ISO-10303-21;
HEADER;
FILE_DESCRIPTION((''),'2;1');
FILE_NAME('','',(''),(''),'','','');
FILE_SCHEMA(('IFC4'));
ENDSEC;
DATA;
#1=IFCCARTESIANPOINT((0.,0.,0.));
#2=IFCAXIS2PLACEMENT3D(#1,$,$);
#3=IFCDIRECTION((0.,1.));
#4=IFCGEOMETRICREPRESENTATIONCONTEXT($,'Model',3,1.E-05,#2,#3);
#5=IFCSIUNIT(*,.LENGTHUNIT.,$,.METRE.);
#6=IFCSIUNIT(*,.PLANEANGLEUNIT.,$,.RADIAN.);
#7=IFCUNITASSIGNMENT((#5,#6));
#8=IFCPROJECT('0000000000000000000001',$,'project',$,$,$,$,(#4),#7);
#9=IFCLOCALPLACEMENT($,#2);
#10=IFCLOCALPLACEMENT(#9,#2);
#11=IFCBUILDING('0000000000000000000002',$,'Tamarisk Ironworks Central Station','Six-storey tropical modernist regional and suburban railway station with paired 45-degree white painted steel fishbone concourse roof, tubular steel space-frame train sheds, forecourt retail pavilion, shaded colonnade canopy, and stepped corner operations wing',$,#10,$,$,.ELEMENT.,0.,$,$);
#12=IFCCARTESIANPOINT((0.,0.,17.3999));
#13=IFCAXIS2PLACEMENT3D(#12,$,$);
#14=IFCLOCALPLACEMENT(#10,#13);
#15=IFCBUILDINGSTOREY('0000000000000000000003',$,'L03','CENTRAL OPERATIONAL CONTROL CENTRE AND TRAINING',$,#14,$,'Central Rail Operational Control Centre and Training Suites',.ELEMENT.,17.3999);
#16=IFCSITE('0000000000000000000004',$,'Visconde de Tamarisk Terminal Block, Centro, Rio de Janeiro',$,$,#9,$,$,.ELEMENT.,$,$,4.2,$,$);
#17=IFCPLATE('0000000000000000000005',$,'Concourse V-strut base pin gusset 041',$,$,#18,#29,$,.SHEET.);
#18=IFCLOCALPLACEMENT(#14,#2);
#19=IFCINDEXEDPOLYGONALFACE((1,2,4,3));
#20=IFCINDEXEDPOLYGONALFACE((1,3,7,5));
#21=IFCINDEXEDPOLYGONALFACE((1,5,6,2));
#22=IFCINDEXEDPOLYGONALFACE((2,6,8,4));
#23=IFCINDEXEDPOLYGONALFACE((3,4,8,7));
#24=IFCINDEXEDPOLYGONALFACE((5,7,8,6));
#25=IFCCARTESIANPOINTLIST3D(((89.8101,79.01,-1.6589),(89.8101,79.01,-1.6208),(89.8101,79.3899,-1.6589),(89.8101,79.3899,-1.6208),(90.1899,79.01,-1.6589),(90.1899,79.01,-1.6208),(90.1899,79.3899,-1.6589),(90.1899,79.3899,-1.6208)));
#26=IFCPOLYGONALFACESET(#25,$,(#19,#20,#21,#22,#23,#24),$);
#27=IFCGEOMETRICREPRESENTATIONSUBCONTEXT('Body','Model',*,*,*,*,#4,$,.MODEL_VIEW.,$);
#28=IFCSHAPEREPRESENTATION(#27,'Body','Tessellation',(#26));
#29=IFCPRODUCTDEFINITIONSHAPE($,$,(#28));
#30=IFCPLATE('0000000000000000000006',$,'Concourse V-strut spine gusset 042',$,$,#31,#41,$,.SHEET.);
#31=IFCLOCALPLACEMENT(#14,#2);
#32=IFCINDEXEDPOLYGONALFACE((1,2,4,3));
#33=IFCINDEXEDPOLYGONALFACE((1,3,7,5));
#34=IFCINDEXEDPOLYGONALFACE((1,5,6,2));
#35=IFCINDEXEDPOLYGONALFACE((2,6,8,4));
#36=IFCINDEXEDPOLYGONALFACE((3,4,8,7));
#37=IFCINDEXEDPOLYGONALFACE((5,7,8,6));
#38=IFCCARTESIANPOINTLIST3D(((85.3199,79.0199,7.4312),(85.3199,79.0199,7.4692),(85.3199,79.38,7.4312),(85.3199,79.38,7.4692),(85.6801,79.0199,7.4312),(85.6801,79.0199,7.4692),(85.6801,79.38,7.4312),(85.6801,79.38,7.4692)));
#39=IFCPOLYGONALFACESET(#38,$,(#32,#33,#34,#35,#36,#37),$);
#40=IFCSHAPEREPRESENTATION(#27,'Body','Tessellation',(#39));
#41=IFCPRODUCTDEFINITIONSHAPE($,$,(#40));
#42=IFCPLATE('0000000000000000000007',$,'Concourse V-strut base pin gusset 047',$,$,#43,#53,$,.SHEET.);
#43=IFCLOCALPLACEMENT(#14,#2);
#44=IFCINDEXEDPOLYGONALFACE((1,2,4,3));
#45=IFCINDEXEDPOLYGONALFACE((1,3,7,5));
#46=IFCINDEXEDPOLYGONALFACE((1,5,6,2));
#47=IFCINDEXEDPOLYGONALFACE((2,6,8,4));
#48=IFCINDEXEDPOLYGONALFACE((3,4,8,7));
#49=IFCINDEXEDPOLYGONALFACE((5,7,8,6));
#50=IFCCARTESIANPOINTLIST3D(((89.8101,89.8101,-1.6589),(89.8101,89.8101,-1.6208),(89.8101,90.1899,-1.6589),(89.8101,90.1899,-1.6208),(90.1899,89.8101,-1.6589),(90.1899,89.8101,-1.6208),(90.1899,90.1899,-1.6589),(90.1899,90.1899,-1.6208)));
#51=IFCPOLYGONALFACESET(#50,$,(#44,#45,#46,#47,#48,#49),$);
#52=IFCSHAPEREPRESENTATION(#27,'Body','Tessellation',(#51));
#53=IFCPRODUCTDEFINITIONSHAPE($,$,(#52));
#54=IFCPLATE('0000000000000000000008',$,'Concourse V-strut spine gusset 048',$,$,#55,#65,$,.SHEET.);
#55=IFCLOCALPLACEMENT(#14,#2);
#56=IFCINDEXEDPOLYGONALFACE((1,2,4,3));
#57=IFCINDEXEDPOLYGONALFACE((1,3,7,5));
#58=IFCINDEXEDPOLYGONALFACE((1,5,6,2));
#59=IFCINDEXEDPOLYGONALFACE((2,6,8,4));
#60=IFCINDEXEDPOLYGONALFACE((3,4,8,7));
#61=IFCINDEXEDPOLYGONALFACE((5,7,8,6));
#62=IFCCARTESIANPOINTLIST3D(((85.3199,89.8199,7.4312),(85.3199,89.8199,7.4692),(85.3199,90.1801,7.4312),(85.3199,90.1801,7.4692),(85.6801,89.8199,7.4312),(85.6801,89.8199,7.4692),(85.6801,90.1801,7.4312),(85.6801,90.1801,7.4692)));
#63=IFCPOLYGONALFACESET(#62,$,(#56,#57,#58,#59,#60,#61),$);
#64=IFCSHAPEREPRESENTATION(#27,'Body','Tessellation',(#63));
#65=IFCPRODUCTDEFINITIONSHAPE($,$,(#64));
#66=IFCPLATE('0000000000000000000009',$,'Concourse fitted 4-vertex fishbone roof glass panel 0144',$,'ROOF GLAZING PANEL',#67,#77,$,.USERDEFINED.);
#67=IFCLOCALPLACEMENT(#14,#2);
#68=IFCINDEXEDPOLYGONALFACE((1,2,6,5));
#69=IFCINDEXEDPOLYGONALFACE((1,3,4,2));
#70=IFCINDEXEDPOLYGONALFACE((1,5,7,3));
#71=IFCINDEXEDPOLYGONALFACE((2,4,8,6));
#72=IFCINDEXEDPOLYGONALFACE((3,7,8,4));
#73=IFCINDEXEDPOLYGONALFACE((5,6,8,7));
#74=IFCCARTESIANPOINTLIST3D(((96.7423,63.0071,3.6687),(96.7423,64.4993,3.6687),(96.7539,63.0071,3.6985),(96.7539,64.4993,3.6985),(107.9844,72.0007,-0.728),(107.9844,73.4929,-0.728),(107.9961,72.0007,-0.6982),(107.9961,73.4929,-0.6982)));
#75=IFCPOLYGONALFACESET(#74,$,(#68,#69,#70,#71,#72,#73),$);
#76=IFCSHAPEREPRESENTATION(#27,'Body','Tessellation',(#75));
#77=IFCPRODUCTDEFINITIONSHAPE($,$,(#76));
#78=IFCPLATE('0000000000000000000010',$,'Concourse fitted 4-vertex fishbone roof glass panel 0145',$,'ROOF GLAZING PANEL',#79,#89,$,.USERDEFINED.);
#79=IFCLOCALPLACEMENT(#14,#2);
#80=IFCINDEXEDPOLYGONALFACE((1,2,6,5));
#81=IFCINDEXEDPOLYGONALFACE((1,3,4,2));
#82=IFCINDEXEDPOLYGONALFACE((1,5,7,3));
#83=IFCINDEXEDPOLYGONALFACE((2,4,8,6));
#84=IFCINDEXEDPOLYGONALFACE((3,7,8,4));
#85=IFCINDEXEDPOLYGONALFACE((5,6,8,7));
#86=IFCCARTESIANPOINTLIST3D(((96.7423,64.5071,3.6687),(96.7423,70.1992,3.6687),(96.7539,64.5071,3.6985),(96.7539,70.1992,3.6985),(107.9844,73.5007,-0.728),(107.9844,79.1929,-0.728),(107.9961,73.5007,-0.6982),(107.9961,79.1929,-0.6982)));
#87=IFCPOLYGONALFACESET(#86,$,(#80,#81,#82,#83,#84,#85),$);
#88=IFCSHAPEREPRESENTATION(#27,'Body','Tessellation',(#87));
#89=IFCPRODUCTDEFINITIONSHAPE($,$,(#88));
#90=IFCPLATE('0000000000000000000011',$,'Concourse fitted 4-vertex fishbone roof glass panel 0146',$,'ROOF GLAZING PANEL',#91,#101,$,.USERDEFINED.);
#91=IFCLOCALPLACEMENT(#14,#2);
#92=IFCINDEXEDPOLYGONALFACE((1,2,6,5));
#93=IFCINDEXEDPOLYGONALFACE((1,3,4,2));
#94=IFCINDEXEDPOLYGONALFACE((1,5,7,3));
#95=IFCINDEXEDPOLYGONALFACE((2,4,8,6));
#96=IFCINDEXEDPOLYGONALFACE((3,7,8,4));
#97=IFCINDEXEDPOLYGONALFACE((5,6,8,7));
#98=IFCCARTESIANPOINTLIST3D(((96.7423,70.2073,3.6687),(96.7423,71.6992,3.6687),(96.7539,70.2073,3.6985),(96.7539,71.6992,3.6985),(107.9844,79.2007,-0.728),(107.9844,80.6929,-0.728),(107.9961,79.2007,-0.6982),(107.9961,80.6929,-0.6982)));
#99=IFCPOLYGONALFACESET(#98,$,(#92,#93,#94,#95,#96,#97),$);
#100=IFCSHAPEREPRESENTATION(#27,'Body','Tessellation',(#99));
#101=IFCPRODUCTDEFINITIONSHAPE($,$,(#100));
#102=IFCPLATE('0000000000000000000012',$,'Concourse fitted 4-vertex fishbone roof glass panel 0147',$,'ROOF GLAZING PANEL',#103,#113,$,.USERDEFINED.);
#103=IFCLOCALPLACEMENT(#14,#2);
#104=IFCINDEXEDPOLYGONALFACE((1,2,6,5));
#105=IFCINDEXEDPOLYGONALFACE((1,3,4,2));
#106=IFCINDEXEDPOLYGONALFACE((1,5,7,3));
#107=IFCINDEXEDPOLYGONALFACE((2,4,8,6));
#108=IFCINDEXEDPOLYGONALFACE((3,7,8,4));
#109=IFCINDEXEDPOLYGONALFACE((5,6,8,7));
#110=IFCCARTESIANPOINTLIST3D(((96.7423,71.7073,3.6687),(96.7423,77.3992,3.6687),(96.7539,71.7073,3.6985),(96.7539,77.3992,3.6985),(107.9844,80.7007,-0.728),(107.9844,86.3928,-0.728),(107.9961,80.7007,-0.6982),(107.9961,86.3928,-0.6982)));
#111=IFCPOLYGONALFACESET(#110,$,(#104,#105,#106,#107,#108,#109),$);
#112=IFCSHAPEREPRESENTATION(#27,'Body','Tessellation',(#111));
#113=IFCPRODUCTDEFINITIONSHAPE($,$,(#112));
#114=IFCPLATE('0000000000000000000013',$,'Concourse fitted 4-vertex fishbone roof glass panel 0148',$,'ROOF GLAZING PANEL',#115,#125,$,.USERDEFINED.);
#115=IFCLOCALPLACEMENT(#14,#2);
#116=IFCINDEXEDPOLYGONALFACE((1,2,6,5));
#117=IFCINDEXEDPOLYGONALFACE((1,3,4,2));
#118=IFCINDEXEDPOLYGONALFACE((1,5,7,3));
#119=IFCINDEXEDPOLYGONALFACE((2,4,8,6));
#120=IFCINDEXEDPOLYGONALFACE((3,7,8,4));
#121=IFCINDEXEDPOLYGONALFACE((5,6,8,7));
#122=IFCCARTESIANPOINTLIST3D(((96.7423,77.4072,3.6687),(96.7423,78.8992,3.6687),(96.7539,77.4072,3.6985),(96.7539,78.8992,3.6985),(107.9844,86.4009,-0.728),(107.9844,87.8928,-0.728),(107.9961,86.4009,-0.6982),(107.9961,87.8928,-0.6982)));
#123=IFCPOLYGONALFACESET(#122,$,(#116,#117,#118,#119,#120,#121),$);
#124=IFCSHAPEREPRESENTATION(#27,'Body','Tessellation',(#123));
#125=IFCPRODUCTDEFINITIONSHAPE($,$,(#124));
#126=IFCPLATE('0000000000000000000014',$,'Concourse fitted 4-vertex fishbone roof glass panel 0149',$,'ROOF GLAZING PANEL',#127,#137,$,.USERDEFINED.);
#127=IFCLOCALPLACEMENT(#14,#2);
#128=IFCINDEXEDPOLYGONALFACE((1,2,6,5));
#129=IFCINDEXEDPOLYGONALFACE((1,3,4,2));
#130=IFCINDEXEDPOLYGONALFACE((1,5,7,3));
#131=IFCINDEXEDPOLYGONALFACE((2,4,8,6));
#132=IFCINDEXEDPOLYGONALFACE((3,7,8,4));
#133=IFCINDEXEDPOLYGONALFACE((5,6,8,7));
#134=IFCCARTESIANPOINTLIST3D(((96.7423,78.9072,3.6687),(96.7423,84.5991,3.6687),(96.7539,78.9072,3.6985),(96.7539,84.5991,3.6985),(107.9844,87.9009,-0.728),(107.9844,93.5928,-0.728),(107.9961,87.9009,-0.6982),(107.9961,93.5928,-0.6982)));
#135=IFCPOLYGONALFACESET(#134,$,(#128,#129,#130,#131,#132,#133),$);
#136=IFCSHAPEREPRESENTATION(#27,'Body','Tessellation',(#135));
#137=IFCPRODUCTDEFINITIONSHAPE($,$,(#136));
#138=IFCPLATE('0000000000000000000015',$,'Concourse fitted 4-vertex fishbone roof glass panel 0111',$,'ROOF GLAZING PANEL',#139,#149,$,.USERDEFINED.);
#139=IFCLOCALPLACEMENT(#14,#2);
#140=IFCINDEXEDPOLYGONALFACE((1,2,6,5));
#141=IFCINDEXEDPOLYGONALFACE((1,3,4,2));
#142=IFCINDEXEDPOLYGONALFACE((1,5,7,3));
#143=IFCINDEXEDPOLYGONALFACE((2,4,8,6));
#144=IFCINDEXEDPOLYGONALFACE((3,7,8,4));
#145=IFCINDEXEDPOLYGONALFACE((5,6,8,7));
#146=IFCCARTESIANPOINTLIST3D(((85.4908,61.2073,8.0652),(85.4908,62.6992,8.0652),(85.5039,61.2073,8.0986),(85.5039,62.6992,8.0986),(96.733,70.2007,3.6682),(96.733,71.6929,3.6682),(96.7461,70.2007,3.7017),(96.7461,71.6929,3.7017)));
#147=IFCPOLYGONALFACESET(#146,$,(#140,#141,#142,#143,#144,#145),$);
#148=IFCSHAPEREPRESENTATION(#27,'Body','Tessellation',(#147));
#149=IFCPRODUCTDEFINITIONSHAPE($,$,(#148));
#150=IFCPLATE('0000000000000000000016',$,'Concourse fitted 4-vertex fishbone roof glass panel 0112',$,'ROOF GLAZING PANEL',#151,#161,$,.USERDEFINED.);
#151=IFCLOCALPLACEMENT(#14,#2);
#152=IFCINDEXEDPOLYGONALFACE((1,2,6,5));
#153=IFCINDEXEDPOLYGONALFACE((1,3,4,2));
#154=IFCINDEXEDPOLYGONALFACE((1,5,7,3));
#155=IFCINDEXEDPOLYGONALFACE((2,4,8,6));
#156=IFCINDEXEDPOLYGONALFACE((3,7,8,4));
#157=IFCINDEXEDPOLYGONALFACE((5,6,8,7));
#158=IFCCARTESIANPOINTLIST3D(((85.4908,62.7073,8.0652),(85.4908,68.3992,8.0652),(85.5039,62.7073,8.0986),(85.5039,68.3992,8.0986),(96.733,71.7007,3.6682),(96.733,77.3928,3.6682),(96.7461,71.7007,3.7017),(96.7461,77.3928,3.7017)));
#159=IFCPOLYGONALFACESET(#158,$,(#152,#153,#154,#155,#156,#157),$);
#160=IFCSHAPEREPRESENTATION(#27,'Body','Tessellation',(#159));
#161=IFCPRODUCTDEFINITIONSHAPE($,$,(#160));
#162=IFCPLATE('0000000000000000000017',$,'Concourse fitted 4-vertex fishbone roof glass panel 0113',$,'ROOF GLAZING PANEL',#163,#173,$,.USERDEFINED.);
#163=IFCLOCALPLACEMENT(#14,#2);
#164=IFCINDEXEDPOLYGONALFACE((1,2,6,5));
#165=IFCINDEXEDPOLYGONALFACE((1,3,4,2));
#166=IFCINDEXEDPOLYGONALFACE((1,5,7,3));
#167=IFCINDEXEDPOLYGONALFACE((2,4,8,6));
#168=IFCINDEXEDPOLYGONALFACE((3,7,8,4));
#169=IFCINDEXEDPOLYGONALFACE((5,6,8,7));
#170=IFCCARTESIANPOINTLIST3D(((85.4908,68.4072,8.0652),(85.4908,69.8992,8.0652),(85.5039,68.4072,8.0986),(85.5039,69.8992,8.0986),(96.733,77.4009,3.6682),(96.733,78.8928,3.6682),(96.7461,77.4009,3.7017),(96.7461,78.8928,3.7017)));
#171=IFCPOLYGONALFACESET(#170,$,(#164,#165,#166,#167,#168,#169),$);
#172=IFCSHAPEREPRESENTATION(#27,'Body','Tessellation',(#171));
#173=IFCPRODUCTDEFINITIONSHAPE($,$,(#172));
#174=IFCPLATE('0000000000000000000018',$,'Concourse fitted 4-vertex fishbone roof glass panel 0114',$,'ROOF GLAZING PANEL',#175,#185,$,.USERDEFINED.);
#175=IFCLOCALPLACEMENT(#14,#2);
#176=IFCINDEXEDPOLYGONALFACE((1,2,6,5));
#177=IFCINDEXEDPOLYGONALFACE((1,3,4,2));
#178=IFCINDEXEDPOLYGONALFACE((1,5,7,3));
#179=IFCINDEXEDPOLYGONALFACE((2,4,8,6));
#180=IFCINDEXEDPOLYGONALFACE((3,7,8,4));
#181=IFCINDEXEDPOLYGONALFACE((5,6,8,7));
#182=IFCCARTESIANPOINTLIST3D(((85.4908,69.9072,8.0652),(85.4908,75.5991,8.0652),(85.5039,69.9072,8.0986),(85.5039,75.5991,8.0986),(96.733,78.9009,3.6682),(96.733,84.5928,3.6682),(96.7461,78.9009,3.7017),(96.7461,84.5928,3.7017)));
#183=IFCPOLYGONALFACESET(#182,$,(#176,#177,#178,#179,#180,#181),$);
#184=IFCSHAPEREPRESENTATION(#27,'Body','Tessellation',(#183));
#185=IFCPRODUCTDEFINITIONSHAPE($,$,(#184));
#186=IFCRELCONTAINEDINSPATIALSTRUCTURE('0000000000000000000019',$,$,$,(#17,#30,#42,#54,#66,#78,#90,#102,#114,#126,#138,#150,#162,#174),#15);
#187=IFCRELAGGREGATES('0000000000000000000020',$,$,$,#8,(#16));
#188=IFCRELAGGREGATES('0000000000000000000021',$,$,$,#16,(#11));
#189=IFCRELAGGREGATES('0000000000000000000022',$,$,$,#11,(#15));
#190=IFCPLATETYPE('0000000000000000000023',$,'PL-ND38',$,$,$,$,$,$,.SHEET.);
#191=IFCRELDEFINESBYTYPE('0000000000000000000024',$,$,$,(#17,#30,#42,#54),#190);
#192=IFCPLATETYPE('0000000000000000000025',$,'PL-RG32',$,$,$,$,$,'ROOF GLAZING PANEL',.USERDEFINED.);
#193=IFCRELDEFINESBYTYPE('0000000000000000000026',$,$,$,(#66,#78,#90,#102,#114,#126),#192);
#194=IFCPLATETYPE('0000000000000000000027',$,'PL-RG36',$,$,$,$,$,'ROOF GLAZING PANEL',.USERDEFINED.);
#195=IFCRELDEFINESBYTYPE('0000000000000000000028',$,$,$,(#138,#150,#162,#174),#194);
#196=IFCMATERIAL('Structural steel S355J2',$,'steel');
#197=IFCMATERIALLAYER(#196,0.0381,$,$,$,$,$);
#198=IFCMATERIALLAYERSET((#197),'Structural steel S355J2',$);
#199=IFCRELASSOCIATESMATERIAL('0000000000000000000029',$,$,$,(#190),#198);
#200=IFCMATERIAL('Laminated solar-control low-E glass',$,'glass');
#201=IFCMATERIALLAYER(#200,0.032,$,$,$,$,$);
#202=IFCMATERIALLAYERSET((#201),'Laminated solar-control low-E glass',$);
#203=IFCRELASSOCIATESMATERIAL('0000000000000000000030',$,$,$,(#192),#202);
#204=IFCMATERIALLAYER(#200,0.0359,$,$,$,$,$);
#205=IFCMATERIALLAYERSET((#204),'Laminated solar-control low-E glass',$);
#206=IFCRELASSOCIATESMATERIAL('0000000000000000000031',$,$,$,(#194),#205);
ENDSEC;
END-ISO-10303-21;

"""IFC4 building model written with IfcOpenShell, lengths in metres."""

from ifc_helpers import new_model, si_unit, direction, frame, origin, origin_2d, place, context, subcontext, project, spatial, polyline, rectangle, outline, extrude, material, layer, layer_set, type_object, element, save


model = new_model("IFC4")

# Units and contexts
model_context = context("Model", 3, precision=1e-05, world=origin(), true_north=direction((0.0, 1.0)))
body_context = subcontext(model_context, "Body", "Model", "MODEL_VIEW")
ifc_project = project(units=[si_unit("LENGTHUNIT", "METRE"), si_unit("PLANEANGLEUNIT", "RADIAN")], contexts=[model_context])

# Site, building, storey
site_placement = place(None, origin())
site = spatial("IfcSite", under=ifc_project, at=site_placement, Name="Visconde de Tamarisk Terminal Block, Centro, Rio de Janeiro", CompositionType="ELEMENT", RefElevation=4.2)
building_placement = place(site_placement, origin())
building = spatial("IfcBuilding", under=site, at=building_placement, Name="Tamarisk Ironworks Central Station", Description="Six-storey tropical modernist regional and suburban railway station with paired 45-degree white painted steel fishbone concourse roof, tubular steel space-frame train sheds, forecourt retail pavilion, shaded colonnade canopy, and stepped corner operations wing", CompositionType="ELEMENT", ElevationOfRefHeight=0.0)
storey_placement = place(building_placement, frame((0.0, 0.0, 17.3999)))
storey = spatial("IfcBuildingStorey", under=building, at=storey_placement, Name="L03", Description="CENTRAL OPERATIONAL CONTROL CENTRE AND TRAINING", LongName="Central Rail Operational Control Centre and Training Suites", CompositionType="ELEMENT", Elevation=17.3999)

# Shared definitions
ifc_material_1 = material(Name="Structural steel S355J2", Category="steel")

# Plates
ifc_layer_1 = layer(ifc_material_1, 0.0381)
ifc_layer_set_1 = layer_set([ifc_layer_1], Name="Structural steel S355J2")
plate_type_1 = type_object("IfcPlateType", Name="PL-ND38", PredefinedType="SHEET", material=ifc_layer_set_1)
plate_1_placement = place(storey_placement, frame((90.0, 79.2, -1.6589), z_axis=(0.0, 0.0, 1.0), x_axis=(1.0, 0.0, 0.0)))
element("IfcPlate", 1, at=plate_1_placement, inside=storey, type_object=plate_type_1, Name="Concourse V-strut base pin gusset 041", PredefinedType="SHEET", context=body_context, shape_type="SweptSolid", body=[
    extrude(rectangle(XDim=0.3799, YDim=0.3799, at=origin_2d()), origin(), (0.0, 0.0, 1.0), 0.0381),
])
plate_2_placement = place(storey_placement, frame((85.5, 79.2, 7.4312), z_axis=(0.0, 0.0, 1.0), x_axis=(1.0, 0.0, 0.0)))
element("IfcPlate", 2, at=plate_2_placement, inside=storey, type_object=plate_type_1, Name="Concourse V-strut spine gusset 042", PredefinedType="SHEET", context=body_context, shape_type="SweptSolid", body=[
    extrude(rectangle(XDim=0.3601, YDim=0.3601, at=origin_2d()), origin(), (0.0, 0.0, 1.0), 0.0381),
])
plate_3_placement = place(storey_placement, frame((90.0, 90.0, -1.6589), z_axis=(0.0, 0.0, 1.0), x_axis=(1.0, 0.0, 0.0)))
element("IfcPlate", 3, at=plate_3_placement, inside=storey, type_object=plate_type_1, Name="Concourse V-strut base pin gusset 047", PredefinedType="SHEET", context=body_context, shape_type="SweptSolid", body=[
    extrude(rectangle(XDim=0.3799, YDim=0.3799, at=origin_2d()), origin(), (0.0, 0.0, 1.0), 0.0381),
])
plate_4_placement = place(storey_placement, frame((85.5, 90.0, 7.4312), z_axis=(0.0, 0.0, 1.0), x_axis=(1.0, 0.0, 0.0)))
element("IfcPlate", 4, at=plate_4_placement, inside=storey, type_object=plate_type_1, Name="Concourse V-strut spine gusset 048", PredefinedType="SHEET", context=body_context, shape_type="SweptSolid", body=[
    extrude(rectangle(XDim=0.3601, YDim=0.3601, at=origin_2d()), origin(), (0.0, 0.0, 1.0), 0.0381),
])
ifc_material_2 = material(Name="Laminated solar-control low-E glass", Category="glass")
ifc_layer_2 = layer(ifc_material_2, 0.032)
ifc_layer_set_2 = layer_set([ifc_layer_2], Name="Laminated solar-control low-E glass")
plate_type_2 = type_object("IfcPlateType", Name="PL-RG32", ElementType="ROOF GLAZING PANEL", PredefinedType="USERDEFINED", material=ifc_layer_set_2)
plate_5_placement = place(storey_placement, frame((107.9961, 72.0007, -0.6982), z_axis=(0.364228, 0.0, 0.93131), x_axis=(0.0, 1.0, 0.0)))
element("IfcPlate", 5, at=plate_5_placement, inside=storey, type_object=plate_type_2, Name="Concourse fitted 4-vertex fishbone roof glass panel 0144", ObjectType="ROOF GLAZING PANEL", PredefinedType="USERDEFINED", context=body_context, shape_type="SweptSolid", body=[
    extrude(outline(polyline([(0.0, 0.0), (1.4922, 0.0), (-7.5015, 12.0714), (-8.9937, 12.0714), (0.0, 0.0)])), origin(), (0.0, 0.0, -1.0), 0.032),
])
plate_6_placement = place(storey_placement, frame((107.9961, 73.5007, -0.6982), z_axis=(0.364228, 0.0, 0.93131), x_axis=(0.0, 1.0, 0.0)))
element("IfcPlate", 6, at=plate_6_placement, inside=storey, type_object=plate_type_2, Name="Concourse fitted 4-vertex fishbone roof glass panel 0145", ObjectType="ROOF GLAZING PANEL", PredefinedType="USERDEFINED", context=body_context, shape_type="SweptSolid", body=[
    extrude(outline(polyline([(0.0, 0.0), (5.6921, 0.0), (-3.3015, 12.0714), (-8.9937, 12.0714), (0.0, 0.0)])), origin(), (0.0, 0.0, -1.0), 0.032),
])
plate_7_placement = place(storey_placement, frame((107.9961, 79.2007, -0.6982), z_axis=(0.364228, 0.0, 0.93131), x_axis=(0.0, 1.0, 0.0)))
element("IfcPlate", 7, at=plate_7_placement, inside=storey, type_object=plate_type_2, Name="Concourse fitted 4-vertex fishbone roof glass panel 0146", ObjectType="ROOF GLAZING PANEL", PredefinedType="USERDEFINED", context=body_context, shape_type="SweptSolid", body=[
    extrude(outline(polyline([(0.0, 0.0), (1.4922, 0.0), (-7.5015, 12.0714), (-8.9934, 12.0714), (0.0, 0.0)])), origin(), (0.0, 0.0, -1.0), 0.032),
])
plate_8_placement = place(storey_placement, frame((107.9961, 80.7007, -0.6982), z_axis=(0.364228, 0.0, 0.93131), x_axis=(0.0, 1.0, 0.0)))
element("IfcPlate", 8, at=plate_8_placement, inside=storey, type_object=plate_type_2, Name="Concourse fitted 4-vertex fishbone roof glass panel 0147", ObjectType="ROOF GLAZING PANEL", PredefinedType="USERDEFINED", context=body_context, shape_type="SweptSolid", body=[
    extrude(outline(polyline([(0.0, 0.0), (5.6921, 0.0), (-3.3015, 12.0714), (-8.9934, 12.0714), (0.0, 0.0)])), origin(), (0.0, 0.0, -1.0), 0.032),
])
plate_9_placement = place(storey_placement, frame((107.9961, 86.4009, -0.6982), z_axis=(0.364228, 0.0, 0.93131), x_axis=(0.0, 1.0, 0.0)))
element("IfcPlate", 9, at=plate_9_placement, inside=storey, type_object=plate_type_2, Name="Concourse fitted 4-vertex fishbone roof glass panel 0148", ObjectType="ROOF GLAZING PANEL", PredefinedType="USERDEFINED", context=body_context, shape_type="SweptSolid", body=[
    extrude(outline(polyline([(0.0, 0.0), (1.4919, 0.0), (-7.5017, 12.0714), (-8.9937, 12.0714), (0.0, 0.0)])), origin(), (0.0, 0.0, -1.0), 0.032),
])
plate_10_placement = place(storey_placement, frame((107.9961, 87.9009, -0.6982), z_axis=(0.364228, 0.0, 0.93131), x_axis=(0.0, 1.0, 0.0)))
element("IfcPlate", 10, at=plate_10_placement, inside=storey, type_object=plate_type_2, Name="Concourse fitted 4-vertex fishbone roof glass panel 0149", ObjectType="ROOF GLAZING PANEL", PredefinedType="USERDEFINED", context=body_context, shape_type="SweptSolid", body=[
    extrude(outline(polyline([(0.0, 0.0), (5.6919, 0.0), (-3.3018, 12.0714), (-8.9937, 12.0714), (0.0, 0.0)])), origin(), (0.0, 0.0, -1.0), 0.032),
])
ifc_layer_3 = layer(ifc_material_2, 0.0359)
ifc_layer_set_3 = layer_set([ifc_layer_3], Name="Laminated solar-control low-E glass")
plate_type_3 = type_object("IfcPlateType", Name="PL-RG36", ElementType="ROOF GLAZING PANEL", PredefinedType="USERDEFINED", material=ifc_layer_set_3)
plate_11_placement = place(storey_placement, frame((96.7461, 70.2007, 3.7017), z_axis=(0.364245, 0.0, 0.931303), x_axis=(0.0, 1.0, 0.0)))
element("IfcPlate", 11, at=plate_11_placement, inside=storey, type_object=plate_type_3, Name="Concourse fitted 4-vertex fishbone roof glass panel 0111", ObjectType="ROOF GLAZING PANEL", PredefinedType="USERDEFINED", context=body_context, shape_type="SweptSolid", body=[
    extrude(outline(polyline([(0.0, 0.0), (1.4922, 0.0), (-7.5015, 12.0715), (-8.9934, 12.0715), (0.0, 0.0)])), origin(), (0.0, 0.0, -1.0), 0.0359),
])
plate_12_placement = place(storey_placement, frame((96.7461, 71.7007, 3.7017), z_axis=(0.364245, 0.0, 0.931303), x_axis=(0.0, 1.0, 0.0)))
element("IfcPlate", 12, at=plate_12_placement, inside=storey, type_object=plate_type_3, Name="Concourse fitted 4-vertex fishbone roof glass panel 0112", ObjectType="ROOF GLAZING PANEL", PredefinedType="USERDEFINED", context=body_context, shape_type="SweptSolid", body=[
    extrude(outline(polyline([(0.0, 0.0), (5.6921, 0.0), (-3.3015, 12.0715), (-8.9934, 12.0715), (0.0, 0.0)])), origin(), (0.0, 0.0, -1.0), 0.0359),
])
plate_13_placement = place(storey_placement, frame((96.7461, 77.4009, 3.7017), z_axis=(0.364245, 0.0, 0.931303), x_axis=(0.0, 1.0, 0.0)))
element("IfcPlate", 13, at=plate_13_placement, inside=storey, type_object=plate_type_3, Name="Concourse fitted 4-vertex fishbone roof glass panel 0113", ObjectType="ROOF GLAZING PANEL", PredefinedType="USERDEFINED", context=body_context, shape_type="SweptSolid", body=[
    extrude(outline(polyline([(0.0, 0.0), (1.4919, 0.0), (-7.5017, 12.0715), (-8.9937, 12.0715), (0.0, 0.0)])), origin(), (0.0, 0.0, -1.0), 0.0359),
])
plate_14_placement = place(storey_placement, frame((96.7461, 78.9009, 3.7017), z_axis=(0.364245, 0.0, 0.931303), x_axis=(0.0, 1.0, 0.0)))
element("IfcPlate", 14, at=plate_14_placement, inside=storey, type_object=plate_type_3, Name="Concourse fitted 4-vertex fishbone roof glass panel 0114", ObjectType="ROOF GLAZING PANEL", PredefinedType="USERDEFINED", context=body_context, shape_type="SweptSolid", body=[
    extrude(outline(polyline([(0.0, 0.0), (5.6919, 0.0), (-3.3018, 12.0715), (-8.9937, 12.0715), (0.0, 0.0)])), origin(), (0.0, 0.0, -1.0), 0.0359),
])

save(model, "model.ifc")
